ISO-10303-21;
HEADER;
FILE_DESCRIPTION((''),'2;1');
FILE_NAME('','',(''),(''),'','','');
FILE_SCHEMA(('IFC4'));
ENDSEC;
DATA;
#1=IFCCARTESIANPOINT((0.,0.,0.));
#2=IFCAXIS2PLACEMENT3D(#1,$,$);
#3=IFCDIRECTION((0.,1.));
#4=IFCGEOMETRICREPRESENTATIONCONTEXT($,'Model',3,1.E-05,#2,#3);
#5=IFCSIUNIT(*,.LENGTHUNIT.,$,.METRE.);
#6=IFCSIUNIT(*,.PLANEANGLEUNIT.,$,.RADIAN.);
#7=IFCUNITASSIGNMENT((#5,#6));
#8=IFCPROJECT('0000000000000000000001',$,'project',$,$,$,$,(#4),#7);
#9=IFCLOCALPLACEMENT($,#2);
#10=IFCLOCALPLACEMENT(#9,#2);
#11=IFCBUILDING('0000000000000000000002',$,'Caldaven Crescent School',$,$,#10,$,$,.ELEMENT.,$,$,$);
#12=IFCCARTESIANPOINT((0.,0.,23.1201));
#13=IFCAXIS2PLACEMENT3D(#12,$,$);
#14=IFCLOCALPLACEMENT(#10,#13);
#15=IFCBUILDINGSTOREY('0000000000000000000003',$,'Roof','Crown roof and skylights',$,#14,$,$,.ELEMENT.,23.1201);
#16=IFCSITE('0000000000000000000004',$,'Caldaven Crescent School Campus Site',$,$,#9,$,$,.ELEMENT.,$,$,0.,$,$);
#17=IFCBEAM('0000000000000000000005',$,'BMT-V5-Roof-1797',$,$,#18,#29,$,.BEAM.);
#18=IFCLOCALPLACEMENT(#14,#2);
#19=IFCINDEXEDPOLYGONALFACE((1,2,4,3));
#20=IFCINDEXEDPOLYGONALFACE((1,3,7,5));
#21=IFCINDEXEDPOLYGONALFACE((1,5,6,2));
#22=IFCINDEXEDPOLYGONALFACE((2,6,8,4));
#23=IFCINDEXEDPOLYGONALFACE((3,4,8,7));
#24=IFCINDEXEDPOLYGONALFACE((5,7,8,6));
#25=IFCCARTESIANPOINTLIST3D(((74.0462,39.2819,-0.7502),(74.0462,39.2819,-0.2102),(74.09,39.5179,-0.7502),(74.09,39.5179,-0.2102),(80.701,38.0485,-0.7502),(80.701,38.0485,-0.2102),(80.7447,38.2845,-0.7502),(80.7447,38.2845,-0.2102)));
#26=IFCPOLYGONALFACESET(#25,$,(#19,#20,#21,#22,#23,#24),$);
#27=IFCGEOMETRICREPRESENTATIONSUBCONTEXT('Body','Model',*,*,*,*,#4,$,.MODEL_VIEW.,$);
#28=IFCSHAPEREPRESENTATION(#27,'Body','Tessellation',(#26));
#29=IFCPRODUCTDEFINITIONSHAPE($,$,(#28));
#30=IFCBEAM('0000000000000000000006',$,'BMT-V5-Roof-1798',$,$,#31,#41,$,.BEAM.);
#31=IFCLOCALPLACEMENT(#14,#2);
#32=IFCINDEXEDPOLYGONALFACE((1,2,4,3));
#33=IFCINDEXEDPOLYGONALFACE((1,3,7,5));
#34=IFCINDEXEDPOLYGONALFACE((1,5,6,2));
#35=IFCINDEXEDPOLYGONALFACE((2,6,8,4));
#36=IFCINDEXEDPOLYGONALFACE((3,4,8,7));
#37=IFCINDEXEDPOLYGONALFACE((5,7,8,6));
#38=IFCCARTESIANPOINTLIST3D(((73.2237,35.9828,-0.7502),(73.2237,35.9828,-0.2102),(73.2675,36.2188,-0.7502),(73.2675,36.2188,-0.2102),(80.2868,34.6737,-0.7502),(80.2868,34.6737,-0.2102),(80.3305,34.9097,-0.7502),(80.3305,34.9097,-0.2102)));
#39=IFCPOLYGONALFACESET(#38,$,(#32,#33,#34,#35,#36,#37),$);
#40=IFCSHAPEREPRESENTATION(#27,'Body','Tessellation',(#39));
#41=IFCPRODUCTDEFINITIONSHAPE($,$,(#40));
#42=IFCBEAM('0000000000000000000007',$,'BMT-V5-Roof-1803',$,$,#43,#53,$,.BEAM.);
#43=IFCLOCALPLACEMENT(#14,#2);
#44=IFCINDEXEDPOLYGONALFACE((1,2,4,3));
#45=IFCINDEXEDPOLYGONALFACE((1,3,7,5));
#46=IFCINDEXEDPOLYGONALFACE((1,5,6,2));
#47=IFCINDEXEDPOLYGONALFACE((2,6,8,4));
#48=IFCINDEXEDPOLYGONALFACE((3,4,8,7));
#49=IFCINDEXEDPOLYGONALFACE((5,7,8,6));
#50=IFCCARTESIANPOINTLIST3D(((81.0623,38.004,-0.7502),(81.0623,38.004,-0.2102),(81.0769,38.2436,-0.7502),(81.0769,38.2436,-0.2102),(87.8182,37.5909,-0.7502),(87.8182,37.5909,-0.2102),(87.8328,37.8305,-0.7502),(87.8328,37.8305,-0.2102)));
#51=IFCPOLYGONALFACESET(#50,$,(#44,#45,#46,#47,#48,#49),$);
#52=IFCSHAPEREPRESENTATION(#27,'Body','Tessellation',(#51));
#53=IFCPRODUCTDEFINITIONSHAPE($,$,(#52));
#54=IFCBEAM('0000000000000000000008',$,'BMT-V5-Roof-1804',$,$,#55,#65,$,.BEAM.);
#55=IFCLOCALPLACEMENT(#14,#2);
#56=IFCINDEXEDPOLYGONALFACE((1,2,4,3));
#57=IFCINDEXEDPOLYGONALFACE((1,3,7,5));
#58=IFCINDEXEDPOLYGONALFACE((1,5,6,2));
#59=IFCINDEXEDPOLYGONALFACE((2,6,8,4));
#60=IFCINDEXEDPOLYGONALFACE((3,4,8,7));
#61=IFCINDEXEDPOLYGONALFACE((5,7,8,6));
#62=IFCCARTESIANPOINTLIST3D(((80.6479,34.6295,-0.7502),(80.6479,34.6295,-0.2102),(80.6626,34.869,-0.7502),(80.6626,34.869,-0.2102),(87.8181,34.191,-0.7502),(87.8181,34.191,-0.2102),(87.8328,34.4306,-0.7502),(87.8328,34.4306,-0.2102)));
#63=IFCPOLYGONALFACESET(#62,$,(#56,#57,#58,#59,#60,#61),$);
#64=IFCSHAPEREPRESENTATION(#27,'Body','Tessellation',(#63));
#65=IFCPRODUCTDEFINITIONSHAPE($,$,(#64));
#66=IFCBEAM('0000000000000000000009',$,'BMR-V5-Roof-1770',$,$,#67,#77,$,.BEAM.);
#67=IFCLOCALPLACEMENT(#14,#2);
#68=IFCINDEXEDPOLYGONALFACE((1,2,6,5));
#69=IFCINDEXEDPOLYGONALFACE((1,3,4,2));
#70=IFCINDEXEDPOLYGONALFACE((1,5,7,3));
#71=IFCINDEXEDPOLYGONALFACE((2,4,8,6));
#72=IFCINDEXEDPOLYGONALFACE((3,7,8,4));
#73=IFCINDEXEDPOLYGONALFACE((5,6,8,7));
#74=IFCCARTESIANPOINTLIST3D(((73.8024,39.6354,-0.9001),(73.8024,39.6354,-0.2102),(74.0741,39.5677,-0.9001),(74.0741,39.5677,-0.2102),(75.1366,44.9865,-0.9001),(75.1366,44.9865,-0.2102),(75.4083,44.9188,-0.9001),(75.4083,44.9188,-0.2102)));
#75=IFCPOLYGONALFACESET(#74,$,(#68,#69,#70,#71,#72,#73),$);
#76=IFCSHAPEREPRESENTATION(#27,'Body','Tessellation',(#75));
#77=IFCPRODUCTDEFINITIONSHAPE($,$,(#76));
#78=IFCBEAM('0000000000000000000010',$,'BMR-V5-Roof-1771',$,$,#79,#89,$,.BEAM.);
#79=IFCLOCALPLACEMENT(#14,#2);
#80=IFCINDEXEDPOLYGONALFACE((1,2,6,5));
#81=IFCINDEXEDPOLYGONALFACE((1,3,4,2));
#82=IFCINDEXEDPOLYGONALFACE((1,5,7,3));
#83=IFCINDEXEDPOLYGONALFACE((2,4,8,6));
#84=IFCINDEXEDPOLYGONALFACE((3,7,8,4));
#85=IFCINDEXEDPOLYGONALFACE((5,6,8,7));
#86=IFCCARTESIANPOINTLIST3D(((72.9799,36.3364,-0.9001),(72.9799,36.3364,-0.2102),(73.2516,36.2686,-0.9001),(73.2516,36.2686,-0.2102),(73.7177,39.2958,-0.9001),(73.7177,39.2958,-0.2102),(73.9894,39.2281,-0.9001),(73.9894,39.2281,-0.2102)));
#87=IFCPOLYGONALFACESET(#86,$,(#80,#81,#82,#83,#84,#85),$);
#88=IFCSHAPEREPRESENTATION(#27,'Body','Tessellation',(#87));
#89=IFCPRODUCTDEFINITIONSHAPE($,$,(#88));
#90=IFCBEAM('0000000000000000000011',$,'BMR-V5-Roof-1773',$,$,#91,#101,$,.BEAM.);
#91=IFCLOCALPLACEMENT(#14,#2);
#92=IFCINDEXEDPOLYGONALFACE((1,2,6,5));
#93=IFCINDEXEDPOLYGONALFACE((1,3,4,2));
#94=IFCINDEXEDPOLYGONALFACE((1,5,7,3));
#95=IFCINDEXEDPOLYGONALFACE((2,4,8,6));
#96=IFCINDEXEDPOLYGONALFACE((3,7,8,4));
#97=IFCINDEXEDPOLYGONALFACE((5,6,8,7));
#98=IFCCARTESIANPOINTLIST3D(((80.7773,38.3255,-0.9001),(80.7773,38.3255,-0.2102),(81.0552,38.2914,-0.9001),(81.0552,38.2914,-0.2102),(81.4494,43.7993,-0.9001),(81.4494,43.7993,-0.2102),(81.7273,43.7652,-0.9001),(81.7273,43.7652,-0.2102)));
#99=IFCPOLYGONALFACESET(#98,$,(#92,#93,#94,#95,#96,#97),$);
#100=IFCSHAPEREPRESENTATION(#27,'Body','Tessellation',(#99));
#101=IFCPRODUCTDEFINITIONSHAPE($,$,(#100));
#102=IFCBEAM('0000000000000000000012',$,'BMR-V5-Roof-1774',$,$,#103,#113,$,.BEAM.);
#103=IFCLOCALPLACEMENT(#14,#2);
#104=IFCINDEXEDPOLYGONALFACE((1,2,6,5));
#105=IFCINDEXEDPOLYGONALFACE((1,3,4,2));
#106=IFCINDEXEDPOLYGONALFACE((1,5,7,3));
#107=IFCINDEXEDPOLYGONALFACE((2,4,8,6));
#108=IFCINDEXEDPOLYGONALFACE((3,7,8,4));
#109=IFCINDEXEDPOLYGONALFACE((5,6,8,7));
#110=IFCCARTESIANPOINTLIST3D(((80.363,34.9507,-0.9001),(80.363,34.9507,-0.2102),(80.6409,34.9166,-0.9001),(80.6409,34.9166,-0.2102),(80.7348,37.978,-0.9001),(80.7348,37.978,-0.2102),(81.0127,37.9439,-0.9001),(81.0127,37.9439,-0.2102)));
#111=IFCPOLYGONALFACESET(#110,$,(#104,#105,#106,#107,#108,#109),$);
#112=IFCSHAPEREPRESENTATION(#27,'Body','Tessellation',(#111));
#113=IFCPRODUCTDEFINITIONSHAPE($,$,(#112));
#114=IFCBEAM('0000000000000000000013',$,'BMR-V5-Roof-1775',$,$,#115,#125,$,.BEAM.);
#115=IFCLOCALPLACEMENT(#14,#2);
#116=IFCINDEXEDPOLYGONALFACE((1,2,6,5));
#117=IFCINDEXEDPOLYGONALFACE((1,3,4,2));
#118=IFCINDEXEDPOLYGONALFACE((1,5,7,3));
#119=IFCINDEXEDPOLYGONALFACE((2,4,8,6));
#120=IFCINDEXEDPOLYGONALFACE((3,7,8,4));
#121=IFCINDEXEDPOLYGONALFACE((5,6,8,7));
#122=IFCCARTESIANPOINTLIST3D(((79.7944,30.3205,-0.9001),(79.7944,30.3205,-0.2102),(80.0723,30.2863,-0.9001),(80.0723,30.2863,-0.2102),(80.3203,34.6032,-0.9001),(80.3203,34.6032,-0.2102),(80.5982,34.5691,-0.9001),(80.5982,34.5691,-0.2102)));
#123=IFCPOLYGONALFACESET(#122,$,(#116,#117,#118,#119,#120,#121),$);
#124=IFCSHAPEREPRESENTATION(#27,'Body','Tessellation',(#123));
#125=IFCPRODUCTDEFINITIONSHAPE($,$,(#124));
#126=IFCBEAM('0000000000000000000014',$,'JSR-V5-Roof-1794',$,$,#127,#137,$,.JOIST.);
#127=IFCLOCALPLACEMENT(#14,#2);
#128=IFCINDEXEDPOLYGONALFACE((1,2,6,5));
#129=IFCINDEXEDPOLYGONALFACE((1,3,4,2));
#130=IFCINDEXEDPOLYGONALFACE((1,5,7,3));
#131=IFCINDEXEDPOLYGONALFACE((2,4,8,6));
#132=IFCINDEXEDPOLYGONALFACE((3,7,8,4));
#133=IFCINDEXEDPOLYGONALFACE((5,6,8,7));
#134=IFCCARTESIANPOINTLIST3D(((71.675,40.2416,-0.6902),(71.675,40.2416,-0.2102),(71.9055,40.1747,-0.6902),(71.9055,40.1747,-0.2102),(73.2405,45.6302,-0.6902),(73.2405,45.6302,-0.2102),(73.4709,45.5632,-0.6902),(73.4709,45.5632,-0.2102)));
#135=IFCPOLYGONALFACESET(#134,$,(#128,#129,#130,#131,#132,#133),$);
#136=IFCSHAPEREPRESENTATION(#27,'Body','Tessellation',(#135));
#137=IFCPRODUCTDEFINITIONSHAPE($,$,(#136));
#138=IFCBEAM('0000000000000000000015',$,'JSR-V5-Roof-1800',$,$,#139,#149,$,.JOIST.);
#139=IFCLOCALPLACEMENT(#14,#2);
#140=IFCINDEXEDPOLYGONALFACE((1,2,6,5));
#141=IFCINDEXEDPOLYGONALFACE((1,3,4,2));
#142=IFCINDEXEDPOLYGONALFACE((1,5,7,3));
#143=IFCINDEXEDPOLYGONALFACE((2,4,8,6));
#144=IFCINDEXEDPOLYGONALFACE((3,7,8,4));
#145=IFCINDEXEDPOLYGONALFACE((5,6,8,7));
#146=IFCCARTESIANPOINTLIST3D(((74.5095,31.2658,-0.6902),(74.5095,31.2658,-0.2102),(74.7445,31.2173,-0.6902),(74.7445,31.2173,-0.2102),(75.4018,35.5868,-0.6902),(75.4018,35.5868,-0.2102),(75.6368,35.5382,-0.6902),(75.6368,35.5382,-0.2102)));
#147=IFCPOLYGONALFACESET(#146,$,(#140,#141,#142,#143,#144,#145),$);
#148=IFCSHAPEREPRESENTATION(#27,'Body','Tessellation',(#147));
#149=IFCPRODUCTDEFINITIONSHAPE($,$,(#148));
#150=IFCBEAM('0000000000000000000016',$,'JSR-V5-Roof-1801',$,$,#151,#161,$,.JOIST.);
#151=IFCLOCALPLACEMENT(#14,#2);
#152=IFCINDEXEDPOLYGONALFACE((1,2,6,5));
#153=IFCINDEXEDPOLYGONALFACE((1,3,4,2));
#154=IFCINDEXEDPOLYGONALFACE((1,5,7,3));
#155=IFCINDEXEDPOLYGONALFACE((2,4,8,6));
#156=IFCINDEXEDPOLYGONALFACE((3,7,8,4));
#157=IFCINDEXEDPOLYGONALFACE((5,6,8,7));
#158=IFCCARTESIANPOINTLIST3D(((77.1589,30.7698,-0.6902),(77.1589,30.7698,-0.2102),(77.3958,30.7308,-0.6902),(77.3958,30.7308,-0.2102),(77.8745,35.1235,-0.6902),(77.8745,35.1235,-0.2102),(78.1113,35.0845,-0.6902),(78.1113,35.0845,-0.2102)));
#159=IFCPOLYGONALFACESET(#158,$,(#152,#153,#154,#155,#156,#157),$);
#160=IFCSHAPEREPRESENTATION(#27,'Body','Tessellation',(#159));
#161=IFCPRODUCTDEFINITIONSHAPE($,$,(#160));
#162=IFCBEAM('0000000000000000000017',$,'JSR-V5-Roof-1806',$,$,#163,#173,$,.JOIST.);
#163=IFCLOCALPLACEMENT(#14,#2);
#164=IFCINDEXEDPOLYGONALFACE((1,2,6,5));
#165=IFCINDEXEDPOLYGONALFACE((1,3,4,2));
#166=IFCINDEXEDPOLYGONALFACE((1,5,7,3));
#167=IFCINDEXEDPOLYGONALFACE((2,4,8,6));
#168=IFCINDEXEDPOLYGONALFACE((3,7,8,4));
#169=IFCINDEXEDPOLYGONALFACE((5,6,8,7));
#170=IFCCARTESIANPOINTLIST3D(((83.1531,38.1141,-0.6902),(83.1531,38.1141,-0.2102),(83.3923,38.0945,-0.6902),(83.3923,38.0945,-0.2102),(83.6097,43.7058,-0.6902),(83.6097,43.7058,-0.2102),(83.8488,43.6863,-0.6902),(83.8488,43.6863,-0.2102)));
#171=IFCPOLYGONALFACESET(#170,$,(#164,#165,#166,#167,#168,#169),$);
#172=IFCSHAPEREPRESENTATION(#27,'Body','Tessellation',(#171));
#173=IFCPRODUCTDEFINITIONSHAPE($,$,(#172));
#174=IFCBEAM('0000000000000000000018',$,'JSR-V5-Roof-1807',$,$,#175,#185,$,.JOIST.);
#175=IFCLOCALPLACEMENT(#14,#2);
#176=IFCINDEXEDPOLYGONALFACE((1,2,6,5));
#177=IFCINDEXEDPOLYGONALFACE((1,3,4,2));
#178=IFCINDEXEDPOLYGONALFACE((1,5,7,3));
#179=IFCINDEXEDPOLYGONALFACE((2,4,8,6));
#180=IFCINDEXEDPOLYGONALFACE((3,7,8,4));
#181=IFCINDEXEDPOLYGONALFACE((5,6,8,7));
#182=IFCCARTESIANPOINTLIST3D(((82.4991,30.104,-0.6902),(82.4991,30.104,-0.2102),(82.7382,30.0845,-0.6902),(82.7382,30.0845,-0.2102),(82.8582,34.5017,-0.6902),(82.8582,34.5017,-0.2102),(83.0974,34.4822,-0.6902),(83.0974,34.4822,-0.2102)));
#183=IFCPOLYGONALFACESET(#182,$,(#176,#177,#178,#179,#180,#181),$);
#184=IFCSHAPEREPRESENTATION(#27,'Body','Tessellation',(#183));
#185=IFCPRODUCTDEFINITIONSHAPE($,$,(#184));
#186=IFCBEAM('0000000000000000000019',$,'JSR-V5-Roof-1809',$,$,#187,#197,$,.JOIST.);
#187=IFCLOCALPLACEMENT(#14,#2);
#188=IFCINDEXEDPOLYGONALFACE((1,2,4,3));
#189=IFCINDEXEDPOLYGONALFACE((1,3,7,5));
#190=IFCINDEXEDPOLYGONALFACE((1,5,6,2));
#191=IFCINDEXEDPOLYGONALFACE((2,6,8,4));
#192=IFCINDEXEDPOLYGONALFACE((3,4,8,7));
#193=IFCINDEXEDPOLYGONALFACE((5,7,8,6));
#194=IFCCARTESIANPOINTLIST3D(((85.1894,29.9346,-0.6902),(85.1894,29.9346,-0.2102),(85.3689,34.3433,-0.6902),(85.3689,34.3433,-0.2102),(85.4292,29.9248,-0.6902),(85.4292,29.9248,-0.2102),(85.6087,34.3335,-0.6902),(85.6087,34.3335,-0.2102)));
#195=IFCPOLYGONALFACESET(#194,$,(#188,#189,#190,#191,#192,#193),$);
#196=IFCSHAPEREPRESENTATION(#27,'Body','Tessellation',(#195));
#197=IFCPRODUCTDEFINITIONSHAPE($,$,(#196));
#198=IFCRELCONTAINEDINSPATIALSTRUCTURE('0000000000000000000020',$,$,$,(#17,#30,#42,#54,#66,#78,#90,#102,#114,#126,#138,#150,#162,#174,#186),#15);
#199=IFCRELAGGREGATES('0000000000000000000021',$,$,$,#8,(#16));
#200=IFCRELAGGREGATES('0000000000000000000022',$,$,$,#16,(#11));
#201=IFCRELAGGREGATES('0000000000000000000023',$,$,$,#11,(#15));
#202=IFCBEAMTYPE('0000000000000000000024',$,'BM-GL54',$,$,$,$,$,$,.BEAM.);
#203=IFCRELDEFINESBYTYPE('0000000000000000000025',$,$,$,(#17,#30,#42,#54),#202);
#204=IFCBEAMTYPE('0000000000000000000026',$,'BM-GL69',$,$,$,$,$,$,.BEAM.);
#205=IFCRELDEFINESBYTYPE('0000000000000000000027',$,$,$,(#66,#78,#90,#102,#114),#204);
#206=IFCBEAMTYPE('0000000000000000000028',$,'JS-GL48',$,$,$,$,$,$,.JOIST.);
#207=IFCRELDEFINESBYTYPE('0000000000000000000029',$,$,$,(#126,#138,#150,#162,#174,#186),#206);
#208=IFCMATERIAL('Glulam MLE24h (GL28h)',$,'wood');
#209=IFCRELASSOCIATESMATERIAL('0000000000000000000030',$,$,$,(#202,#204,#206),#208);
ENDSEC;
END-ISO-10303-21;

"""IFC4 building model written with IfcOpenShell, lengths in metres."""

from ifc_helpers import new_model, si_unit, direction, frame, origin, origin_2d, place, context, subcontext, project, spatial, rectangle, extrude, material, material_profile, profile_set, type_object, element, save


model = new_model("IFC4")

# Units and contexts
model_context = context("Model", 3, precision=1e-05, world=origin(), true_north=direction((0.0, 1.0)))
body_context = subcontext(model_context, "Body", "Model", "MODEL_VIEW")
ifc_project = project(units=[si_unit("LENGTHUNIT", "METRE"), si_unit("PLANEANGLEUNIT", "RADIAN")], contexts=[model_context])

# Site, building, storey
site_placement = place(None, origin())
site = spatial("IfcSite", under=ifc_project, at=site_placement, Name="Caldaven Crescent School Campus Site", CompositionType="ELEMENT", RefElevation=0.0)
building_placement = place(site_placement, origin())
building = spatial("IfcBuilding", under=site, at=building_placement, Name="Caldaven Crescent School", CompositionType="ELEMENT")
storey_placement = place(building_placement, frame((0.0, 0.0, 23.1201)))
storey = spatial("IfcBuildingStorey", under=building, at=storey_placement, Name="Roof", Description="Crown roof and skylights", CompositionType="ELEMENT", Elevation=23.1201)

# Beams
ifc_material = material(Name="Glulam MLE24h (GL28h)", Category="wood")
ifc_material_profile_1 = material_profile(ifc_material, rectangle(XDim=0.24, YDim=0.54, at=origin_2d()), Name="MLE 240x540")
ifc_profile_set_1 = profile_set([ifc_material_profile_1], Name="Glulam MLE24h (GL28h)")
beam_type_1 = type_object("IfcBeamType", Name="BM-GL54", PredefinedType="BEAM", material=ifc_profile_set_1)
beam_1_placement = place(storey_placement, frame((74.0681, 39.3999, -0.4802), z_axis=(0.983255, -0.182237, 0.0), x_axis=(0.182237, 0.983255, 0.0)))
element("IfcBeam", 1, at=beam_1_placement, inside=storey, type_object=beam_type_1, Name="BMT-V5-Roof-1797", PredefinedType="BEAM", context=body_context, shape_type="SweptSolid", body=[
    extrude(rectangle(XDim=0.24, YDim=0.54, at=origin_2d()), origin(), (0.0, 0.0, 1.0), 6.7681),
])
beam_2_placement = place(storey_placement, frame((73.2456, 36.1008, -0.4802), z_axis=(0.983254, -0.18224, 0.0), x_axis=(0.18224, 0.983254, 0.0)))
element("IfcBeam", 2, at=beam_2_placement, inside=storey, type_object=beam_type_1, Name="BMT-V5-Roof-1798", PredefinedType="BEAM", context=body_context, shape_type="SweptSolid", body=[
    extrude(rectangle(XDim=0.24, YDim=0.54, at=origin_2d()), origin(), (0.0, 0.0, 1.0), 7.1833),
])
beam_3_placement = place(storey_placement, frame((81.0696, 38.1238, -0.4802), z_axis=(0.998136, -0.061031, 0.0), x_axis=(0.061031, 0.998136, 0.0)))
element("IfcBeam", 3, at=beam_3_placement, inside=storey, type_object=beam_type_1, Name="BMT-V5-Roof-1803", PredefinedType="BEAM", context=body_context, shape_type="SweptSolid", body=[
    extrude(rectangle(XDim=0.24, YDim=0.54, at=origin_2d()), origin(), (0.0, 0.0, 1.0), 6.7686),
])
beam_4_placement = place(storey_placement, frame((80.6553, 34.7493, -0.4802), z_axis=(0.998135, -0.061039, 0.0), x_axis=(0.061039, 0.998135, 0.0)))
element("IfcBeam", 4, at=beam_4_placement, inside=storey, type_object=beam_type_1, Name="BMT-V5-Roof-1804", PredefinedType="BEAM", context=body_context, shape_type="SweptSolid", body=[
    extrude(rectangle(XDim=0.24, YDim=0.54, at=origin_2d()), origin(), (0.0, 0.0, 1.0), 7.1836),
])
ifc_material_profile_2 = material_profile(ifc_material, rectangle(XDim=0.28, YDim=0.6899, at=origin_2d()), Name="MLE 280x690")
ifc_profile_set_2 = profile_set([ifc_material_profile_2], Name="Glulam MLE24h (GL28h)")
beam_type_2 = type_object("IfcBeamType", Name="BM-GL69", PredefinedType="BEAM", material=ifc_profile_set_2)
beam_5_placement = place(storey_placement, frame((75.2725, 44.9526, -0.5552), z_axis=(-0.241931, -0.970293, 0.0), x_axis=(0.970293, -0.241931, 0.0)))
element("IfcBeam", 5, at=beam_5_placement, inside=storey, type_object=beam_type_2, Name="BMR-V5-Roof-1770", PredefinedType="BEAM", context=body_context, shape_type="SweptSolid", body=[
    extrude(rectangle(XDim=0.28, YDim=0.6899, at=origin_2d()), origin(), (0.0, 0.0, 1.0), 5.5149),
])
beam_6_placement = place(storey_placement, frame((73.8535, 39.262, -0.5552), z_axis=(-0.241895, -0.970302, 0.0), x_axis=(0.970302, -0.241895, 0.0)))
element("IfcBeam", 6, at=beam_6_placement, inside=storey, type_object=beam_type_2, Name="BMR-V5-Roof-1771", PredefinedType="BEAM", context=body_context, shape_type="SweptSolid", body=[
    extrude(rectangle(XDim=0.28, YDim=0.6899, at=origin_2d()), origin(), (0.0, 0.0, 1.0), 3.05),
])
beam_7_placement = place(storey_placement, frame((81.5884, 43.7822, -0.5552), z_axis=(-0.121871, -0.992546, 0.0), x_axis=(0.992546, -0.121871, 0.0)))
element("IfcBeam", 7, at=beam_7_placement, inside=storey, type_object=beam_type_2, Name="BMR-V5-Roof-1773", PredefinedType="BEAM", context=body_context, shape_type="SweptSolid", body=[
    extrude(rectangle(XDim=0.28, YDim=0.6899, at=origin_2d()), origin(), (0.0, 0.0, 1.0), 5.5149),
])
beam_8_placement = place(storey_placement, frame((80.8738, 37.9609, -0.5552), z_axis=(-0.121907, -0.992542, 0.0), x_axis=(0.992542, -0.121907, 0.0)))
element("IfcBeam", 8, at=beam_8_placement, inside=storey, type_object=beam_type_2, Name="BMR-V5-Roof-1774", PredefinedType="BEAM", context=body_context, shape_type="SweptSolid", body=[
    extrude(rectangle(XDim=0.28, YDim=0.6899, at=origin_2d()), origin(), (0.0, 0.0, 1.0), 3.05),
])
beam_9_placement = place(storey_placement, frame((80.4592, 34.5862, -0.5552), z_axis=(-0.121876, -0.992545, 0.0), x_axis=(0.992545, -0.121876, 0.0)))
element("IfcBeam", 9, at=beam_9_placement, inside=storey, type_object=beam_type_2, Name="BMR-V5-Roof-1775", PredefinedType="BEAM", context=body_context, shape_type="SweptSolid", body=[
    extrude(rectangle(XDim=0.28, YDim=0.6899, at=origin_2d()), origin(), (0.0, 0.0, 1.0), 4.3149),
])
ifc_material_profile_3 = material_profile(ifc_material, rectangle(XDim=0.24, YDim=0.48, at=origin_2d()), Name="MLE 240x480")
ifc_profile_set_3 = profile_set([ifc_material_profile_3], Name="Glulam MLE24h (GL28h)")
beam_type_3 = type_object("IfcBeamType", Name="JS-GL48", PredefinedType="JOIST", material=ifc_profile_set_3)
beam_10_placement = place(storey_placement, frame((73.3557, 45.5967, -0.4502), z_axis=(-0.278982, -0.960296, 0.0), x_axis=(0.960296, -0.278982, 0.0)))
element("IfcBeam", 10, at=beam_10_placement, inside=storey, type_object=beam_type_3, Name="JSR-V5-Roof-1794", PredefinedType="JOIST", context=body_context, shape_type="SweptSolid", body=[
    extrude(rectangle(XDim=0.24, YDim=0.48, at=origin_2d()), origin(), (0.0, 0.0, 1.0), 5.6113),
])
for number, where, z_axis, x_axis, name in (
    (11, (75.5193, 35.5625, -0.4502), (-0.202241, -0.979336, 0.0), (0.979336, -0.202241, 0.0), "JSR-V5-Roof-1800"),
    (12, (77.9929, 35.104, -0.4502), (-0.162182, -0.986761, 0.0), (0.986761, -0.162182, 0.0), "JSR-V5-Roof-1801"),
):
    element("IfcBeam", number, at=place(storey_placement, frame(where, z_axis=z_axis, x_axis=x_axis)), inside=storey, type_object=beam_type_3, Name=name, PredefinedType="JOIST", context=body_context, shape_type="SweptSolid", body=[
        extrude(rectangle(XDim=0.24, YDim=0.48, at=origin_2d()), origin(), (0.0, 0.0, 1.0), 4.4121),
    ])
beam_11_placement = place(storey_placement, frame((83.7292, 43.696, -0.4502), z_axis=(-0.081374, -0.996684, 0.0), x_axis=(0.996684, -0.081374, 0.0)))
element("IfcBeam", 13, at=beam_11_placement, inside=storey, type_object=beam_type_3, Name="JSR-V5-Roof-1806", PredefinedType="JOIST", context=body_context, shape_type="SweptSolid", body=[
    extrude(rectangle(XDim=0.24, YDim=0.48, at=origin_2d()), origin(), (0.0, 0.0, 1.0), 5.6104),
])
for number, where, z_axis, x_axis, name in (
    (14, (82.9778, 34.4919, -0.4502), (-0.081392, -0.996682, 0.0), (0.996682, -0.081392, 0.0), "JSR-V5-Roof-1807"),
    (15, (85.4888, 34.3384, -0.4502), (-0.040669, -0.999173, 0.0), (0.999173, -0.040669, 0.0), "JSR-V5-Roof-1809"),
):
    element("IfcBeam", number, at=place(storey_placement, frame(where, z_axis=z_axis, x_axis=x_axis)), inside=storey, type_object=beam_type_3, Name=name, PredefinedType="JOIST", context=body_context, shape_type="SweptSolid", body=[
        extrude(rectangle(XDim=0.24, YDim=0.48, at=origin_2d()), origin(), (0.0, 0.0, 1.0), 4.4124),
    ])

save(model, "model.ifc")
